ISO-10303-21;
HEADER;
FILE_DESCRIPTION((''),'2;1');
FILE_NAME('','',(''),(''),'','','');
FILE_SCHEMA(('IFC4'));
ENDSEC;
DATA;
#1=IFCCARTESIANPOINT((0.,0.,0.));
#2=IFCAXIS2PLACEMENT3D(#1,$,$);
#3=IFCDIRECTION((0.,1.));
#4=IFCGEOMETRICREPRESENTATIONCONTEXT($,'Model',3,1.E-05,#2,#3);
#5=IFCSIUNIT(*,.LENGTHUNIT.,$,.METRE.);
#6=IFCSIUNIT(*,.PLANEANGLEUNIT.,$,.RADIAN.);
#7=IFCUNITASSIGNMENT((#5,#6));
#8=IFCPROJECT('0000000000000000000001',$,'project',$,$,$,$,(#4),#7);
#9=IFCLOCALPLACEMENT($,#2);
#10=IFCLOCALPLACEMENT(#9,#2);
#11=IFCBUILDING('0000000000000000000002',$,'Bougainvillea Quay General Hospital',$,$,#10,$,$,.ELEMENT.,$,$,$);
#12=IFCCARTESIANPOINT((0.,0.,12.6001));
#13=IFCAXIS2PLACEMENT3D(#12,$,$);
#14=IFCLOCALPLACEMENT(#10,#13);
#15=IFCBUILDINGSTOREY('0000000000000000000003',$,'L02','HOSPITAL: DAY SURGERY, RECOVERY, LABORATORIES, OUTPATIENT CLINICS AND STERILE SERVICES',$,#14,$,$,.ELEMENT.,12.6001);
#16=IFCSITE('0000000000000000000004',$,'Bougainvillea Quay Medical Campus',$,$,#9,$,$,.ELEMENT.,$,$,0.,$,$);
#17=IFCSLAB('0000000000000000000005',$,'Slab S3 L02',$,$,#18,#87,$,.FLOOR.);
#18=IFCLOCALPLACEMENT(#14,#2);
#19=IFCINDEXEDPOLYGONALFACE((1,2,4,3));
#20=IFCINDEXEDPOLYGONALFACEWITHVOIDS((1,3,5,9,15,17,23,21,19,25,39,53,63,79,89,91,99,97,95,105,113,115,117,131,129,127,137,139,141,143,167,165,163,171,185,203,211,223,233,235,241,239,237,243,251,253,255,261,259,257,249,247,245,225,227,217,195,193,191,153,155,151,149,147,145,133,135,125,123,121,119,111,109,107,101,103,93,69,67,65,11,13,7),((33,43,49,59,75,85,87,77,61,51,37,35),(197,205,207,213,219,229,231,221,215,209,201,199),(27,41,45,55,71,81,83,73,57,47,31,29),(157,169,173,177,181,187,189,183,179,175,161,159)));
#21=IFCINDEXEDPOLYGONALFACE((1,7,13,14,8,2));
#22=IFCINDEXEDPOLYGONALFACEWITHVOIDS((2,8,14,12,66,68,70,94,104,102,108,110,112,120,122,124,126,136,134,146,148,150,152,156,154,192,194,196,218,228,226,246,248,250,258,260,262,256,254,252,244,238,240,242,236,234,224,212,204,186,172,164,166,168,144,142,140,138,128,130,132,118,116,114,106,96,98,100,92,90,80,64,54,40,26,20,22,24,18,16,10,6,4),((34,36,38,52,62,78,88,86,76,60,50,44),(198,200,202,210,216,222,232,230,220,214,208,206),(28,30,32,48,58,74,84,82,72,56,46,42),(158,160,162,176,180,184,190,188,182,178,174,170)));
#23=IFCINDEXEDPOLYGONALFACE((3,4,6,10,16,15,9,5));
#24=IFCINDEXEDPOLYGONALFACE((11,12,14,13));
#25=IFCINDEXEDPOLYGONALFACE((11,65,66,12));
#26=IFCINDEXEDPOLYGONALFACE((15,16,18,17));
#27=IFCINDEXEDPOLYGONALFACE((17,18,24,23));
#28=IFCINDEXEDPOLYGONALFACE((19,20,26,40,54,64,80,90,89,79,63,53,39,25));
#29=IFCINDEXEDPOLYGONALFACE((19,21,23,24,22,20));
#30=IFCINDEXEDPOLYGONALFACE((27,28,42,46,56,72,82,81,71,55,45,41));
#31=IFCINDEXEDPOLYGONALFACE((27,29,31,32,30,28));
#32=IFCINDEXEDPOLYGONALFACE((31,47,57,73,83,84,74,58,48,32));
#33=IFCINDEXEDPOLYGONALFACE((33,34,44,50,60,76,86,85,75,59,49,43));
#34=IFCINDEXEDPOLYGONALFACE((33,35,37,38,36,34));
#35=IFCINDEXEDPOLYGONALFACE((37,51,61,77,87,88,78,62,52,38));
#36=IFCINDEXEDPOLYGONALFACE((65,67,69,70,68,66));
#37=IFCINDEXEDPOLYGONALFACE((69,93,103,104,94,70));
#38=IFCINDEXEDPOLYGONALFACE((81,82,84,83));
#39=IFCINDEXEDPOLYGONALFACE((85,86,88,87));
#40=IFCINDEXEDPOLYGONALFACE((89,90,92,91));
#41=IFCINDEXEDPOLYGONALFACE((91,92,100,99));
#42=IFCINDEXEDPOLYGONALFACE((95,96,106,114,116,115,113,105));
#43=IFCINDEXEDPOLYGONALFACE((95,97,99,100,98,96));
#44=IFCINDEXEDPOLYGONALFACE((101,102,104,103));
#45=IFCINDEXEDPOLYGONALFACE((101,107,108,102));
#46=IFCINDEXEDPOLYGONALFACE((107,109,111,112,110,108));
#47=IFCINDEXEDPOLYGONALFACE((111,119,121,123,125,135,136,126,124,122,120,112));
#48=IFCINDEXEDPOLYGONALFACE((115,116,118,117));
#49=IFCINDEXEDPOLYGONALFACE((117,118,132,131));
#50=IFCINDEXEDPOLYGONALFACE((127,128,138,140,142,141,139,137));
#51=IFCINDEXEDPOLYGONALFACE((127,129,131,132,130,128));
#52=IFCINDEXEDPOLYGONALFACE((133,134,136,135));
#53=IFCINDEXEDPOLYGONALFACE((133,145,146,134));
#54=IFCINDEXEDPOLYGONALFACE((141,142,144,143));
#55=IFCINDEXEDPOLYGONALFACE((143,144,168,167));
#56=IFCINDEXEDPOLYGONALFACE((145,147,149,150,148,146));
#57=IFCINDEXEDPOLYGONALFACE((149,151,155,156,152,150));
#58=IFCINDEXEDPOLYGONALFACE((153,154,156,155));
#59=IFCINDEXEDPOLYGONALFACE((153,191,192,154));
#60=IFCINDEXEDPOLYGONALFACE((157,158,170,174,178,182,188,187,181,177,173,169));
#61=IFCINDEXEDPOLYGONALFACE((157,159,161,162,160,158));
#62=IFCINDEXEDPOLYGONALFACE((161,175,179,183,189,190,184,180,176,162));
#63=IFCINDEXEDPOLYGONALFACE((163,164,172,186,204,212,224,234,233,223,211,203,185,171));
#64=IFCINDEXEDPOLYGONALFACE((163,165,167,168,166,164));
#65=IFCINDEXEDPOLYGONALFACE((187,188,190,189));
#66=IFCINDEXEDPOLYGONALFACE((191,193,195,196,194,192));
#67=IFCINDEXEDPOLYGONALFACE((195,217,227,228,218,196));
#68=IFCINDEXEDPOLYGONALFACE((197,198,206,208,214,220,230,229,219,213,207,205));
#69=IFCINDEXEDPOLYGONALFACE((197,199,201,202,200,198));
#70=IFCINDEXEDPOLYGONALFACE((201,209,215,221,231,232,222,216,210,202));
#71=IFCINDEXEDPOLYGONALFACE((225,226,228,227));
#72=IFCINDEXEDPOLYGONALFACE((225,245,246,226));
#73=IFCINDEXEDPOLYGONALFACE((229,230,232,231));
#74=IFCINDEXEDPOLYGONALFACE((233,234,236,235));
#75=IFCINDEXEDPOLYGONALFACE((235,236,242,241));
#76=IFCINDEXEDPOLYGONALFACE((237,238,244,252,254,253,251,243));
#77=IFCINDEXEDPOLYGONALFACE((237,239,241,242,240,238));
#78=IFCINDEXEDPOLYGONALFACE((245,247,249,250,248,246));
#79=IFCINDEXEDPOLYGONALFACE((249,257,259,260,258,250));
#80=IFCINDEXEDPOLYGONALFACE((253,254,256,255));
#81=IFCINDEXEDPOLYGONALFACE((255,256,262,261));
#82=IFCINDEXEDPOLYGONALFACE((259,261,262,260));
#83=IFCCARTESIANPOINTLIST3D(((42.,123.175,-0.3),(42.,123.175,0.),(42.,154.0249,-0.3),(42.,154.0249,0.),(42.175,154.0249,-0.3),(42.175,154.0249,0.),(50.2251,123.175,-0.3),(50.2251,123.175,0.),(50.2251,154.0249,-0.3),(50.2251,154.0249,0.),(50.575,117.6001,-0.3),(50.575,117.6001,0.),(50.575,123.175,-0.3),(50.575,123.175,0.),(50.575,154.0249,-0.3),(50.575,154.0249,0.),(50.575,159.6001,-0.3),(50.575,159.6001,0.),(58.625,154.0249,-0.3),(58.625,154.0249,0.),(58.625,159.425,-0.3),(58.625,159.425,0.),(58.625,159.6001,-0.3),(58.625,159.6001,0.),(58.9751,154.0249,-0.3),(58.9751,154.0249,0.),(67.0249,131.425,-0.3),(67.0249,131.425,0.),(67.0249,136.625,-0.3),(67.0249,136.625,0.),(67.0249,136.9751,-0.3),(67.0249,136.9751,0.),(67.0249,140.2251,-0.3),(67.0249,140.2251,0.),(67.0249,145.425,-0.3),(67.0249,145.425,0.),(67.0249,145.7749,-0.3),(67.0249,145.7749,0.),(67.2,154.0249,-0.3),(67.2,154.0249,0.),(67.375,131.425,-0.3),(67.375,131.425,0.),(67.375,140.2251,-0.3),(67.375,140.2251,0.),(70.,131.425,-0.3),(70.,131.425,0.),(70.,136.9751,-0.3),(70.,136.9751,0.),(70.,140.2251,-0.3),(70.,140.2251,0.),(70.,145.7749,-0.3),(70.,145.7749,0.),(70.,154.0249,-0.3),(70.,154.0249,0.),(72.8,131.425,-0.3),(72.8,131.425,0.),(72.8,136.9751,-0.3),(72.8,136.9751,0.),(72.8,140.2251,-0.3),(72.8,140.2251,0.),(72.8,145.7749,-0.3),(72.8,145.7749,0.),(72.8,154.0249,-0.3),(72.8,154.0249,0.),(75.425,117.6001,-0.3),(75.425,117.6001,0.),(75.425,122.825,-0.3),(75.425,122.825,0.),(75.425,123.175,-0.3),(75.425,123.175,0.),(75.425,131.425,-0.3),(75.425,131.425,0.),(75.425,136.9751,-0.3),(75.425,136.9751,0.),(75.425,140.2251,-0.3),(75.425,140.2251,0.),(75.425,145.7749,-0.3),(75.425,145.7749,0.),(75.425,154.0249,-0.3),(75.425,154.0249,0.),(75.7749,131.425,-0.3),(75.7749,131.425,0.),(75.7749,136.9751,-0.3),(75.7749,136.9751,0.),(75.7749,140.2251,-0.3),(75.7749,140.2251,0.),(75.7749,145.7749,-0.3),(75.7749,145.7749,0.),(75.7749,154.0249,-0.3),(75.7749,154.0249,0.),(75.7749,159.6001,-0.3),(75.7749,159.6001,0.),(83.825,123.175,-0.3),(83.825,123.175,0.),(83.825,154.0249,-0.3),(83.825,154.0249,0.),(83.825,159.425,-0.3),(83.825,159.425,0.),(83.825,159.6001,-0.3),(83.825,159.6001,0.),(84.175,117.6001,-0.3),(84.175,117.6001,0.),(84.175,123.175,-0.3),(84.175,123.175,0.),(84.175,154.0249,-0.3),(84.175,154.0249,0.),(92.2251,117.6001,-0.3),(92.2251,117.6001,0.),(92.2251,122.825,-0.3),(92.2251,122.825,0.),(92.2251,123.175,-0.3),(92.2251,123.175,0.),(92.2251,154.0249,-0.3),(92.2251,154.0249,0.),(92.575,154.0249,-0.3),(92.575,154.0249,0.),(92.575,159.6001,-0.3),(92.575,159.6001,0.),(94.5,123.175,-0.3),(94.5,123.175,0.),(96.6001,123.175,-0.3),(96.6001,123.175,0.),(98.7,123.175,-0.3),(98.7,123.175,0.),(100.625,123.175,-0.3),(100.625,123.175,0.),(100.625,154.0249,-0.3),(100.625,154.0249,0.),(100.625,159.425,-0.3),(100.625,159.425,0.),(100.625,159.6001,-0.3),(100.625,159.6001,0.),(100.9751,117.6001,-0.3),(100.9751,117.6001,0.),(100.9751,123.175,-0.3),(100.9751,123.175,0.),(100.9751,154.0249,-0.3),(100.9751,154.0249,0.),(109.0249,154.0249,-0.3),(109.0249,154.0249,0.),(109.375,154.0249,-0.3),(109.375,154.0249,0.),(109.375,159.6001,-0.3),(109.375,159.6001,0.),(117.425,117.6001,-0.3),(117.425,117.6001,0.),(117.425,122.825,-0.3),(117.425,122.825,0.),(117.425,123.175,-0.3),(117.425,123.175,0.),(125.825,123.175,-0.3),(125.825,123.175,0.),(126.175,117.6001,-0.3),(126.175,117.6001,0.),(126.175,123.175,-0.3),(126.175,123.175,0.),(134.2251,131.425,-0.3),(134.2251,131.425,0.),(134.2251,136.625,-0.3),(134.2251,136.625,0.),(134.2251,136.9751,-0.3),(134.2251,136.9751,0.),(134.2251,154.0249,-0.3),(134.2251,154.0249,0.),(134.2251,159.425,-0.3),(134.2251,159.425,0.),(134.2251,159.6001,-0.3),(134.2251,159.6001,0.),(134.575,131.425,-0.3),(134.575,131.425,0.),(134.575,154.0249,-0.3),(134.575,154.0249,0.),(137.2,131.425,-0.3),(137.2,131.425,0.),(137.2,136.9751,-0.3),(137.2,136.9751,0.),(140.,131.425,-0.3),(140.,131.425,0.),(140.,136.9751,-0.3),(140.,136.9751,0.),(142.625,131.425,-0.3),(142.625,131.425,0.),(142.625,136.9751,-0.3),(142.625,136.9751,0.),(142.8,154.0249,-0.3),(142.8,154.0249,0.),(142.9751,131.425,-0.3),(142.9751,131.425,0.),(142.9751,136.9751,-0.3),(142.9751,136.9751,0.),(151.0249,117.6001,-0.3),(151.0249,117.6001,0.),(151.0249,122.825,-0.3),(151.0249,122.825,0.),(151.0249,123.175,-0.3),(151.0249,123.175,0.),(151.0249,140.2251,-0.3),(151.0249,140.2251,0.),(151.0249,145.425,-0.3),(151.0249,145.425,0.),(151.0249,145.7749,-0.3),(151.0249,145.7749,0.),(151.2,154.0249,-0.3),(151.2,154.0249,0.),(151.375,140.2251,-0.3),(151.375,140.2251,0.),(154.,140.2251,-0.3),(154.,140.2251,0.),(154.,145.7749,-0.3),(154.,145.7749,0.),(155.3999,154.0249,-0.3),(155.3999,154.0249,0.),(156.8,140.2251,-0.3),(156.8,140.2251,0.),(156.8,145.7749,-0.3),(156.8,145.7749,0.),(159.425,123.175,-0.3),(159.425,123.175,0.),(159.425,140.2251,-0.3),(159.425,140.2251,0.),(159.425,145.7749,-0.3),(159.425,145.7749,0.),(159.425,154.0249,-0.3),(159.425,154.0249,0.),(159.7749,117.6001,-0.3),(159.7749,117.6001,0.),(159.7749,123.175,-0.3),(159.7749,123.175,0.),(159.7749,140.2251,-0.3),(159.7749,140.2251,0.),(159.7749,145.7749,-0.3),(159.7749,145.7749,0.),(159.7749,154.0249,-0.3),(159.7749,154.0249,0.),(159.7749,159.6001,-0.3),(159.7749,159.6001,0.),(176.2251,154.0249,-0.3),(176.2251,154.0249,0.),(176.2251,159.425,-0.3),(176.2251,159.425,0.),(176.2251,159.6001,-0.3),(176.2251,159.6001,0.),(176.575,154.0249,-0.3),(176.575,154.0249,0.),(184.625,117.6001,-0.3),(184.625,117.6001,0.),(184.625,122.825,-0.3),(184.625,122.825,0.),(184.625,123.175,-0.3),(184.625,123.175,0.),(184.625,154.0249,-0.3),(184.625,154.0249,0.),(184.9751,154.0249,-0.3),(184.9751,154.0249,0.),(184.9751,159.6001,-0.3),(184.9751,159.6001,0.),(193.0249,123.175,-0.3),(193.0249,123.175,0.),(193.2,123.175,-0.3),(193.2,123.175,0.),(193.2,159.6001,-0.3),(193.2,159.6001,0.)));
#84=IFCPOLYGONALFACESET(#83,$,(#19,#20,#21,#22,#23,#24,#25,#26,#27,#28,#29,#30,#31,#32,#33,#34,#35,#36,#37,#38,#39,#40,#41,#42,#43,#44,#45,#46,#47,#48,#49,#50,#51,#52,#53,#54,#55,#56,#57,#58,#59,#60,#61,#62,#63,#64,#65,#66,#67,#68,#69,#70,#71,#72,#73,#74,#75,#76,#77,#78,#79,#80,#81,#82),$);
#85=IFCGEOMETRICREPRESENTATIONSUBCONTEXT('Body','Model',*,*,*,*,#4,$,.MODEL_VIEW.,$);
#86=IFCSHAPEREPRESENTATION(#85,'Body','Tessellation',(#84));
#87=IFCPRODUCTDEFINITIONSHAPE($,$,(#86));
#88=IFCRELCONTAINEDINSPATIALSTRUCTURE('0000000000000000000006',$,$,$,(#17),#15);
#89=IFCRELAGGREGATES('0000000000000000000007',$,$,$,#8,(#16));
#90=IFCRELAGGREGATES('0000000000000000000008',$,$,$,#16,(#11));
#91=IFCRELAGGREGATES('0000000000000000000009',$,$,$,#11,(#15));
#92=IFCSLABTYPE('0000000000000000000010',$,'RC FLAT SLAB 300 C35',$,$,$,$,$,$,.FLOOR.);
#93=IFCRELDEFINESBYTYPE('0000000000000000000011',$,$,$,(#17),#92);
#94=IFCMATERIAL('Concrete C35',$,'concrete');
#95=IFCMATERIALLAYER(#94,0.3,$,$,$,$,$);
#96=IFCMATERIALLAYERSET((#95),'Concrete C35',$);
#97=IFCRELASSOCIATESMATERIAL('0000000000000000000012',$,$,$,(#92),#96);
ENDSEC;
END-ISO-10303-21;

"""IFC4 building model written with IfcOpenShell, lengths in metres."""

from ifc_helpers import new_model, si_unit, direction, frame, origin, place, context, subcontext, project, spatial, polyline, outline, extrude, material, layer, layer_set, type_object, element, save


model = new_model("IFC4")

# Units and contexts
model_context = context("Model", 3, precision=1e-05, world=origin(), true_north=direction((0.0, 1.0)))
body_context = subcontext(model_context, "Body", "Model", "MODEL_VIEW")
ifc_project = project(units=[si_unit("LENGTHUNIT", "METRE"), si_unit("PLANEANGLEUNIT", "RADIAN")], contexts=[model_context])

# Site, building, storey
site_placement = place(None, origin())
site = spatial("IfcSite", under=ifc_project, at=site_placement, Name="Bougainvillea Quay Medical Campus", CompositionType="ELEMENT", RefElevation=0.0)
building_placement = place(site_placement, origin())
building = spatial("IfcBuilding", under=site, at=building_placement, Name="Bougainvillea Quay General Hospital", CompositionType="ELEMENT")
storey_placement = place(building_placement, frame((0.0, 0.0, 12.6001)))
storey = spatial("IfcBuildingStorey", under=building, at=storey_placement, Name="L02", Description="HOSPITAL: DAY SURGERY, RECOVERY, LABORATORIES, OUTPATIENT CLINICS AND STERILE SERVICES", CompositionType="ELEMENT", Elevation=12.6001)

# Slab
ifc_material_1 = material(Name="Concrete C35", Category="concrete")
ifc_layer_1 = layer(ifc_material_1, 0.3)
ifc_layer_set_1 = layer_set([ifc_layer_1], Name="Concrete C35")
slab_type_1 = type_object("IfcSlabType", Name="RC FLAT SLAB 300 C35", PredefinedType="FLOOR", material=ifc_layer_set_1)
slab_1_placement = place(storey_placement, frame((0.0, 0.0, -0.3)))
element("IfcSlab", 1, at=slab_1_placement, inside=storey, type_object=slab_type_1, Name="Slab S3 L02", PredefinedType="FLOOR", context=body_context, shape_type="SweptSolid", body=[
    extrude(outline(polyline([(83.825, 159.6001), (75.7749, 159.6001), (75.7749, 154.0249), (75.425, 154.0249), (72.8, 154.0249), (70.0, 154.0249), (67.2, 154.0249), (58.9751, 154.0249), (58.625, 154.0249), (58.625, 159.425), (58.625, 159.6001), (50.575, 159.6001), (50.575, 154.0249), (50.2251, 154.0249), (42.175, 154.0249), (42.0, 154.0249), (42.0, 123.175), (50.2251, 123.175), (50.575, 123.175), (50.575, 117.6001), (75.425, 117.6001), (75.425, 122.825), (75.425, 123.175), (83.825, 123.175), (84.175, 123.175), (84.175, 117.6001), (92.2251, 117.6001), (92.2251, 122.825), (92.2251, 123.175), (94.5, 123.175), (96.6001, 123.175), (98.7, 123.175), (100.625, 123.175), (100.9751, 123.175), (100.9751, 117.6001), (117.425, 117.6001), (117.425, 122.825), (117.425, 123.175), (125.825, 123.175), (126.175, 123.175), (126.175, 117.6001), (151.0249, 117.6001), (151.0249, 122.825), (151.0249, 123.175), (159.425, 123.175), (159.7749, 123.175), (159.7749, 117.6001), (184.625, 117.6001), (184.625, 122.825), (184.625, 123.175), (193.0249, 123.175), (193.2, 123.175), (193.2, 159.6001), (184.9751, 159.6001), (184.9751, 154.0249), (184.625, 154.0249), (176.575, 154.0249), (176.2251, 154.0249), (176.2251, 159.425), (176.2251, 159.6001), (159.7749, 159.6001), (159.7749, 154.0249), (159.425, 154.0249), (155.3999, 154.0249), (151.2, 154.0249), (142.8, 154.0249), (134.575, 154.0249), (134.2251, 154.0249), (134.2251, 159.425), (134.2251, 159.6001), (109.375, 159.6001), (109.375, 154.0249), (109.0249, 154.0249), (100.9751, 154.0249), (100.625, 154.0249), (100.625, 159.425), (100.625, 159.6001), (92.575, 159.6001), (92.575, 154.0249), (92.2251, 154.0249), (84.175, 154.0249), (83.825, 154.0249), (83.825, 159.425), (83.825, 159.6001)]), holes=[polyline([(151.0249, 140.2251), (151.0249, 145.425), (151.0249, 145.7749), (154.0, 145.7749), (156.8, 145.7749), (159.425, 145.7749), (159.7749, 145.7749), (159.7749, 140.2251), (159.425, 140.2251), (156.8, 140.2251), (154.0, 140.2251), (151.375, 140.2251), (151.0249, 140.2251)]), polyline([(134.2251, 136.9751), (137.2, 136.9751), (140.0, 136.9751), (142.625, 136.9751), (142.9751, 136.9751), (142.9751, 131.425), (142.625, 131.425), (140.0, 131.425), (137.2, 131.425), (134.575, 131.425), (134.2251, 131.425), (134.2251, 136.625), (134.2251, 136.9751)]), polyline([(70.0, 136.9751), (72.8, 136.9751), (75.425, 136.9751), (75.7749, 136.9751), (75.7749, 131.425), (75.425, 131.425), (72.8, 131.425), (70.0, 131.425), (67.375, 131.425), (67.0249, 131.425), (67.0249, 136.625), (67.0249, 136.9751), (70.0, 136.9751)]), polyline([(67.375, 140.2251), (67.0249, 140.2251), (67.0249, 145.425), (67.0249, 145.7749), (70.0, 145.7749), (72.8, 145.7749), (75.425, 145.7749), (75.7749, 145.7749), (75.7749, 140.2251), (75.425, 140.2251), (72.8, 140.2251), (70.0, 140.2251), (67.375, 140.2251)])]), origin(), (0.0, 0.0, 1.0), 0.3),
])

save(model, "model.ifc")
